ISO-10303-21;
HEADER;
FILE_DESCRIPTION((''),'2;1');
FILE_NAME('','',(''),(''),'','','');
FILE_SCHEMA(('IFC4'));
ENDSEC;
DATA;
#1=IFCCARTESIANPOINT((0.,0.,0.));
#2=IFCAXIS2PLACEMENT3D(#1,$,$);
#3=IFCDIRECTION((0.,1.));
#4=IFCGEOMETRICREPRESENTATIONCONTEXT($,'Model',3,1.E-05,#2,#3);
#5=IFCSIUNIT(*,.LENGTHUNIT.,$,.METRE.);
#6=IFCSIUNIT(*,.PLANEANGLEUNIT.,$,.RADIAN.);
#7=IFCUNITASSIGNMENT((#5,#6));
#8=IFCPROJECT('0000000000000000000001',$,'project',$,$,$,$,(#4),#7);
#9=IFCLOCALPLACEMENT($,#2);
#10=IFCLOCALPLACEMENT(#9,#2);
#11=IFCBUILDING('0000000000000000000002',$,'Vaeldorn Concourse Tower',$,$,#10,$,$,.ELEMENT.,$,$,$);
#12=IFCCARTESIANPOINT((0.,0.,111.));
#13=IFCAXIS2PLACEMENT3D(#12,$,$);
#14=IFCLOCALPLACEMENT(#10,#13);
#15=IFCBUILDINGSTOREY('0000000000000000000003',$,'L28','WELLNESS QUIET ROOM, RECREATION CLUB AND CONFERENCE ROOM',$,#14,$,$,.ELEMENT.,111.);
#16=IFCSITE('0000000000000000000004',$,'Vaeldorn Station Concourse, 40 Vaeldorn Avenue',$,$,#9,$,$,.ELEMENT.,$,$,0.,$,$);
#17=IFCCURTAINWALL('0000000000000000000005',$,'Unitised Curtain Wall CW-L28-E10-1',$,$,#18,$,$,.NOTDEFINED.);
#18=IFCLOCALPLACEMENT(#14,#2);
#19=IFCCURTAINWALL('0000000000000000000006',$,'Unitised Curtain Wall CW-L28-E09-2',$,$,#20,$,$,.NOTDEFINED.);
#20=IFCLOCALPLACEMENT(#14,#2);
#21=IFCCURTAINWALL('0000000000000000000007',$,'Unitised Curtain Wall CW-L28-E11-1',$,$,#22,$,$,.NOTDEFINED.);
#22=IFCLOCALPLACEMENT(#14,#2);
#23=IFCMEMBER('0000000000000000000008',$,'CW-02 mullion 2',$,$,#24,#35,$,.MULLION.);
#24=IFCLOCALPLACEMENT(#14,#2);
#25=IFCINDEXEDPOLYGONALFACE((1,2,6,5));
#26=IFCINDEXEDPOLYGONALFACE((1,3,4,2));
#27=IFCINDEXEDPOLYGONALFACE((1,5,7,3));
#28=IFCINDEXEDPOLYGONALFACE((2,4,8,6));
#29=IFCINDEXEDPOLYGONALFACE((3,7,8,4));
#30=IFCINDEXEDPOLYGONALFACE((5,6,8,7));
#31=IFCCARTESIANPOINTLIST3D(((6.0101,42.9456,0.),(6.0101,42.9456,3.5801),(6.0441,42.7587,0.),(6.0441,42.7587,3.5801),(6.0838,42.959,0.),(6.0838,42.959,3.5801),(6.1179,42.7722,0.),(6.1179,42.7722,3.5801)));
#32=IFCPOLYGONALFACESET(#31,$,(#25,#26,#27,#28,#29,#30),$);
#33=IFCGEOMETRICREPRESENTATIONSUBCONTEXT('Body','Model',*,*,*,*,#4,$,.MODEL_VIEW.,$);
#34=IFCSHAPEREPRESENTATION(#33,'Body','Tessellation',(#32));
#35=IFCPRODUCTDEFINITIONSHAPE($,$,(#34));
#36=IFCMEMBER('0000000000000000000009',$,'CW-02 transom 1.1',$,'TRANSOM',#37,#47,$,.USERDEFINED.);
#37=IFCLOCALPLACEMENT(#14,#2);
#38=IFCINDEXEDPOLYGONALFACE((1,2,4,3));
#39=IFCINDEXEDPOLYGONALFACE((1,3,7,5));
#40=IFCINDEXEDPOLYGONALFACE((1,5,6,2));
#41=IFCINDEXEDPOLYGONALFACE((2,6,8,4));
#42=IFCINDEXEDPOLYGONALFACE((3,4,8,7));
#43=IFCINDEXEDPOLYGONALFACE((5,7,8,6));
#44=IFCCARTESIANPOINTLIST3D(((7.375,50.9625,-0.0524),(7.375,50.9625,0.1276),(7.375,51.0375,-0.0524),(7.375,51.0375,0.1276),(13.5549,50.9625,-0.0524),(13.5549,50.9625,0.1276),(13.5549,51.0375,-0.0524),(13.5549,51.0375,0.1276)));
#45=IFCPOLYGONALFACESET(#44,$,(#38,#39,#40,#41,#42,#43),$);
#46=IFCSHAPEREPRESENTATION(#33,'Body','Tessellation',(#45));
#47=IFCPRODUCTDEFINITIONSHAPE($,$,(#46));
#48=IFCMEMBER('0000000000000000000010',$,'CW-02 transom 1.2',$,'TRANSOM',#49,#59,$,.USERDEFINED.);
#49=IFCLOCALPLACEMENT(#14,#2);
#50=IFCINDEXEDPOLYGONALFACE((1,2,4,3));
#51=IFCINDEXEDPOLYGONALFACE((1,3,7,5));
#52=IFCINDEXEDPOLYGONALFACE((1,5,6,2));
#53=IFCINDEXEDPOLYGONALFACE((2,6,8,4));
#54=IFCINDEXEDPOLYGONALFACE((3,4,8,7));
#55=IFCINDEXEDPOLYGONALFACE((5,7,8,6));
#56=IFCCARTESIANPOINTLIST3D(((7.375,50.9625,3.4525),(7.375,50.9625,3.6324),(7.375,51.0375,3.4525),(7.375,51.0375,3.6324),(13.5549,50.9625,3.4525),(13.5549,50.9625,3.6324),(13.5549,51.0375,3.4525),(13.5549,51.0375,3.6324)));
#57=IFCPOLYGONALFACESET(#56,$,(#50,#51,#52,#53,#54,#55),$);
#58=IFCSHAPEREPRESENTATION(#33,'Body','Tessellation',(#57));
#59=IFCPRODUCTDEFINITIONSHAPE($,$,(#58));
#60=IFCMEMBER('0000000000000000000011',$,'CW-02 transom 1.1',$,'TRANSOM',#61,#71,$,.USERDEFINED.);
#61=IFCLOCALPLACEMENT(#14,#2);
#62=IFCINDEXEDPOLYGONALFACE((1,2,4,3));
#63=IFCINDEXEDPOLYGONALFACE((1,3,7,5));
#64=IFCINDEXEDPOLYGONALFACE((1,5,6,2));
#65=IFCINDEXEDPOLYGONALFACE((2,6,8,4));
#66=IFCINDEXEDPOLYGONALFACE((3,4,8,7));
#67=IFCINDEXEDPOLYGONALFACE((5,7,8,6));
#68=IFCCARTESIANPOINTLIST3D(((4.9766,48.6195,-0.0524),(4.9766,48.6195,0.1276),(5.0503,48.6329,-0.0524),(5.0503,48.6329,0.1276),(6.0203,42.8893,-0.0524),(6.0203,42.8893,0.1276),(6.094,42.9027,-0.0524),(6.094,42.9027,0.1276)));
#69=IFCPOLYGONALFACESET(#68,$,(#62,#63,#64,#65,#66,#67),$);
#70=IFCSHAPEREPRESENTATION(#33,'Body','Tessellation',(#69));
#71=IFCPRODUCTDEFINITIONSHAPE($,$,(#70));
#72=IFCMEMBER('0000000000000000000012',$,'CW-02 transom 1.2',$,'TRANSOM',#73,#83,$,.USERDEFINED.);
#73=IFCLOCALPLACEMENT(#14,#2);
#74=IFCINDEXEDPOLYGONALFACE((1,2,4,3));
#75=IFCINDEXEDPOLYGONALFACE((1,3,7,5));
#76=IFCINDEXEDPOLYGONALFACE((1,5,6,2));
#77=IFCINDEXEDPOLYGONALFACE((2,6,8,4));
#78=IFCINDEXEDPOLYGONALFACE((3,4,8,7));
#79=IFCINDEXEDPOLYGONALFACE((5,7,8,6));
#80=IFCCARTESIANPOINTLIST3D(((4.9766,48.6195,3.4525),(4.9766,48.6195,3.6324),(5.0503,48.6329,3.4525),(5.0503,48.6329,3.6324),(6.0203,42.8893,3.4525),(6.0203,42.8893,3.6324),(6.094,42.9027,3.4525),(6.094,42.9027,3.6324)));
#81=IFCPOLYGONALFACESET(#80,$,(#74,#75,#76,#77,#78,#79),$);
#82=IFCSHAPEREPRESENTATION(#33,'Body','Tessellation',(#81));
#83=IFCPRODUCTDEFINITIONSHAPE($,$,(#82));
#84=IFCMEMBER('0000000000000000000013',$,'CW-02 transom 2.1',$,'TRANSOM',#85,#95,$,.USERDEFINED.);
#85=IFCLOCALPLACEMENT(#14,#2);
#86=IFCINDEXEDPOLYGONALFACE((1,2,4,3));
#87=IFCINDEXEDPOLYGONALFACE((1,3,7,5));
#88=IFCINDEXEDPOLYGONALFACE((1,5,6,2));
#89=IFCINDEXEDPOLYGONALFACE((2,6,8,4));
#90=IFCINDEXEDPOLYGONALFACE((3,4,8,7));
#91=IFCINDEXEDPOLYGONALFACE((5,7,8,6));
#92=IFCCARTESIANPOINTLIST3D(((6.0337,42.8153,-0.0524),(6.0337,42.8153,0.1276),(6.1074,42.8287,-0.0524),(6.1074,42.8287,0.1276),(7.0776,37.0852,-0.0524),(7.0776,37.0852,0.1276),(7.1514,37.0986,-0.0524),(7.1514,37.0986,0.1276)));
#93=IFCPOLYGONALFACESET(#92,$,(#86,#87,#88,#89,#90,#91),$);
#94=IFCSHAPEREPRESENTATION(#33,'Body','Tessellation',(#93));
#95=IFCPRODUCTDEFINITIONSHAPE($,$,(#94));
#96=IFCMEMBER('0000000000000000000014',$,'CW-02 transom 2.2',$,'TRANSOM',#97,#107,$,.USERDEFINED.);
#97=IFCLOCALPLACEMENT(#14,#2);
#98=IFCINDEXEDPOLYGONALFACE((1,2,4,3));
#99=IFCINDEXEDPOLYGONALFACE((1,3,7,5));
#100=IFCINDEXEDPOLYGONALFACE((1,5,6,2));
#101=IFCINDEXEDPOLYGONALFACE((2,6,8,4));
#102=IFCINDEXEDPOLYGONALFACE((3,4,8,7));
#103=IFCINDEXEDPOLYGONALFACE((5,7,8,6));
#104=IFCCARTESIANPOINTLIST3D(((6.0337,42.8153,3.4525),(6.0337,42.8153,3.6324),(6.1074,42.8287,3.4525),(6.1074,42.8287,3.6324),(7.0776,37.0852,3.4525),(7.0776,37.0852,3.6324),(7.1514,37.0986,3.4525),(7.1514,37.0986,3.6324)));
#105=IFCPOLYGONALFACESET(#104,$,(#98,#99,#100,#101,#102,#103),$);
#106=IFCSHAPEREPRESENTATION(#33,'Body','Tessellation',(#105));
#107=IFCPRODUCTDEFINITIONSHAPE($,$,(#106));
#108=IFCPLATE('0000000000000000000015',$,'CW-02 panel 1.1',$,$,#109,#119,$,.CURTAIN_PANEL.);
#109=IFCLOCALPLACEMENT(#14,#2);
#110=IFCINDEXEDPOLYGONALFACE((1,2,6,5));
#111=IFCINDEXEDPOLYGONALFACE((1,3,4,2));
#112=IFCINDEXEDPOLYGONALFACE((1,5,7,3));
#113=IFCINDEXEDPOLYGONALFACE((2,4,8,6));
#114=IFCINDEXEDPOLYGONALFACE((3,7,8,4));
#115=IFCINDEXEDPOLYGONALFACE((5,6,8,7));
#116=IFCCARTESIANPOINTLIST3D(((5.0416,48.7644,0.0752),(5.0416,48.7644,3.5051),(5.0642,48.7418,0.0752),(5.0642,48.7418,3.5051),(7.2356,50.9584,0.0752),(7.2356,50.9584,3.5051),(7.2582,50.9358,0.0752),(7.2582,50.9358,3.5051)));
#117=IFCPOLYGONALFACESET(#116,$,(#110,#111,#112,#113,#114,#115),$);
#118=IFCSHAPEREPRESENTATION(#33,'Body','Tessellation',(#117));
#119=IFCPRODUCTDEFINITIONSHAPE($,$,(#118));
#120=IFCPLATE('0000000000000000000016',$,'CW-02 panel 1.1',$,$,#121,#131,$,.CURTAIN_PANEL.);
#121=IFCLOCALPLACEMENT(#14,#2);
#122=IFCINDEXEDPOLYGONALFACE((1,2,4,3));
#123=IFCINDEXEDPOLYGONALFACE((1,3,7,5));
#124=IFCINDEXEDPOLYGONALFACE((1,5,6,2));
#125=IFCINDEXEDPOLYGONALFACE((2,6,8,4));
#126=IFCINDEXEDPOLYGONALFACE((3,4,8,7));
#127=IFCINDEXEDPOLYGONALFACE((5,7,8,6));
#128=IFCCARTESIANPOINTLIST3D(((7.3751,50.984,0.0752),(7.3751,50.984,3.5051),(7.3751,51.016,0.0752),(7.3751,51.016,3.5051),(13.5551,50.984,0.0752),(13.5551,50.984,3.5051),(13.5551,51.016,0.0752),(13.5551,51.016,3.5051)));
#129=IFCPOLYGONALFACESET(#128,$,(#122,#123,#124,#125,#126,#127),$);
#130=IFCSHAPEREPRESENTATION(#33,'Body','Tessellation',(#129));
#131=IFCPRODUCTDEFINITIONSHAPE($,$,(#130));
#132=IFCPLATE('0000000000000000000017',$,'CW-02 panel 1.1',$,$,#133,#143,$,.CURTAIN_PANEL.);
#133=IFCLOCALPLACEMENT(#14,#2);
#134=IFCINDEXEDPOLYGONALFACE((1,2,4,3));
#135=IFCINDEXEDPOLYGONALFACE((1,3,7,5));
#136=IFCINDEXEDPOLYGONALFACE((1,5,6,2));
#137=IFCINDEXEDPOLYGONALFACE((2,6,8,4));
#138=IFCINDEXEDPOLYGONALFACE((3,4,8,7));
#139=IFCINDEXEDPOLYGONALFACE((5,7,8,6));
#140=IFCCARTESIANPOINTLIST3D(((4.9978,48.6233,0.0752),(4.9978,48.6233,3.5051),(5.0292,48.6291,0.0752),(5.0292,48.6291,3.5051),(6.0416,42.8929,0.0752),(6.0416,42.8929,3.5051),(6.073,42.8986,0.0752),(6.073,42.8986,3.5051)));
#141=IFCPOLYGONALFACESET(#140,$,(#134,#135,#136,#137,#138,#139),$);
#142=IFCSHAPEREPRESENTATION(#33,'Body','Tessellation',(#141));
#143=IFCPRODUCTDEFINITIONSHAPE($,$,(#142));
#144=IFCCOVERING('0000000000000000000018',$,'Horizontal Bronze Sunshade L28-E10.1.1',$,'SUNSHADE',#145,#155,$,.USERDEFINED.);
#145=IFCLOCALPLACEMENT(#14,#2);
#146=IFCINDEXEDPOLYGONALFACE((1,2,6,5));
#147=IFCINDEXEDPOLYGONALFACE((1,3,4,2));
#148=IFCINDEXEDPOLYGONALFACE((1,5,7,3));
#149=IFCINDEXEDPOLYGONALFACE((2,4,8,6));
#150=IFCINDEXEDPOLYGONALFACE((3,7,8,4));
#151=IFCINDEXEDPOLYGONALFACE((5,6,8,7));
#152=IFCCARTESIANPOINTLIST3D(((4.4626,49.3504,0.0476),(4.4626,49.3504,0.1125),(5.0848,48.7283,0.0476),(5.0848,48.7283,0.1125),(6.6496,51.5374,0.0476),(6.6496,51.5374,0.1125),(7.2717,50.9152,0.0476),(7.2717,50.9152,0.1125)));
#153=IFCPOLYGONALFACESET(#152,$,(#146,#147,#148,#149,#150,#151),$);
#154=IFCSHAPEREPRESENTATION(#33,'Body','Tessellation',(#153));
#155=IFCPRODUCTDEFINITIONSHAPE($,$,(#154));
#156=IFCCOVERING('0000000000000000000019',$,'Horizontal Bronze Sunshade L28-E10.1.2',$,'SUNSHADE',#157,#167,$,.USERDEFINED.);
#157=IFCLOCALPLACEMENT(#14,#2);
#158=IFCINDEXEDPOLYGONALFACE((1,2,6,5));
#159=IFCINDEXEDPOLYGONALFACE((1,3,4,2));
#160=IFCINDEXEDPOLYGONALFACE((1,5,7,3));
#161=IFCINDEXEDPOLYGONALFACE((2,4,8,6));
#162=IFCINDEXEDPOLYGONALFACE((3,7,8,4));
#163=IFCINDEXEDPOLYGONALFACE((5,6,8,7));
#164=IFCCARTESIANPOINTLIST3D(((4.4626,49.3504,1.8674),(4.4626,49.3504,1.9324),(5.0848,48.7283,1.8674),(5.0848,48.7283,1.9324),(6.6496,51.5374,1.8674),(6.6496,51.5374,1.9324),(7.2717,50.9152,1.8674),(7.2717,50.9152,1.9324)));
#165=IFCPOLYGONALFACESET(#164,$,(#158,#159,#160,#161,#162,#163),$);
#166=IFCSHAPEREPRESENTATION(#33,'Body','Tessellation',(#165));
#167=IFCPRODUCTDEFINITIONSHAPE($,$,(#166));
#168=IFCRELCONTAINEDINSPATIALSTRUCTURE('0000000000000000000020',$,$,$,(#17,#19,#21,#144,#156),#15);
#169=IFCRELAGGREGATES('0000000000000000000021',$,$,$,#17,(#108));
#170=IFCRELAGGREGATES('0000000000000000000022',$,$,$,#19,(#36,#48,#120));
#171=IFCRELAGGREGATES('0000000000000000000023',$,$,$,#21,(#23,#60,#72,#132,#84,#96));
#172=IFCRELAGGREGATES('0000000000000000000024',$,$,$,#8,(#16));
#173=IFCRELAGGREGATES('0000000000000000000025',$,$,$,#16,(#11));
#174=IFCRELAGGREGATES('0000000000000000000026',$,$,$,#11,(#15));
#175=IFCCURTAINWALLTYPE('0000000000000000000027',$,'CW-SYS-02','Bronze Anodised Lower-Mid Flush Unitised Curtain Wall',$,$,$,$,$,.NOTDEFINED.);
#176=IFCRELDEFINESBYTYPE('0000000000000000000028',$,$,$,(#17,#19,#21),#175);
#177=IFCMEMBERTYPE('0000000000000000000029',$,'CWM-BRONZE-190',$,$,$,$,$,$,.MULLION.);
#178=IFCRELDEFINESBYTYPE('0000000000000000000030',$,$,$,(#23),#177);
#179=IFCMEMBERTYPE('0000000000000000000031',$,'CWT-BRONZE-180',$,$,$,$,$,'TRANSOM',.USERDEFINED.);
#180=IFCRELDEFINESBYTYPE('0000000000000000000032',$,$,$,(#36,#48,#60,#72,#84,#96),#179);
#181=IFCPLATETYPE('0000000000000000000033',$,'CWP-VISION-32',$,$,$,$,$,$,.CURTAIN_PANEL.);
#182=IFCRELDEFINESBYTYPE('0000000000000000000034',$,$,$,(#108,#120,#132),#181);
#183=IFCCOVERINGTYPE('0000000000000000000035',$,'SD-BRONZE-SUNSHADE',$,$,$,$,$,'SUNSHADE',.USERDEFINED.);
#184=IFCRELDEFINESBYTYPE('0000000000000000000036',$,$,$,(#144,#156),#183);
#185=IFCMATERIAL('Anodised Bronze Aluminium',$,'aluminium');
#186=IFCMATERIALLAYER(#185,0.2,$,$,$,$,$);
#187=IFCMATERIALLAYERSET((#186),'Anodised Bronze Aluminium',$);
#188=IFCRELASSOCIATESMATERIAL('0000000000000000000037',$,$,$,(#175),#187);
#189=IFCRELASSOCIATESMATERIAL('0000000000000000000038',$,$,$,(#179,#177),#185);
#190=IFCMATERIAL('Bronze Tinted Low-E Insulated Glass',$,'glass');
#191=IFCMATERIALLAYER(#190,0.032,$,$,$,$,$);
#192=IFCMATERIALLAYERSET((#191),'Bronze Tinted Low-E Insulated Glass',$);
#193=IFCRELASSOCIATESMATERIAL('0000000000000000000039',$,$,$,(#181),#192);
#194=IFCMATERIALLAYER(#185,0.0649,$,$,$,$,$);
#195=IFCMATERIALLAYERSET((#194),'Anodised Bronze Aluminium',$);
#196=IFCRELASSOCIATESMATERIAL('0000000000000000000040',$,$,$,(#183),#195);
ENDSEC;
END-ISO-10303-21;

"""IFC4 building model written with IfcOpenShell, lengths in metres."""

from ifc_helpers import new_model, si_unit, direction, frame, origin, origin_2d, place, context, subcontext, project, spatial, rectangle, extrude, source, transform, mapped, material, layer, layer_set, material_profile, profile_set, type_object, element, aggregate, save


model = new_model("IFC4")

# Units and contexts
model_context = context("Model", 3, precision=1e-05, world=origin(), true_north=direction((0.0, 1.0)))
body_context = subcontext(model_context, "Body", "Model", "MODEL_VIEW")
ifc_project = project(units=[si_unit("LENGTHUNIT", "METRE"), si_unit("PLANEANGLEUNIT", "RADIAN")], contexts=[model_context])

# Site, building, storey
site_placement = place(None, origin())
site = spatial("IfcSite", under=ifc_project, at=site_placement, Name="Vaeldorn Station Concourse, 40 Vaeldorn Avenue", CompositionType="ELEMENT", RefElevation=0.0)
building_placement = place(site_placement, origin())
building = spatial("IfcBuilding", under=site, at=building_placement, Name="Vaeldorn Concourse Tower", CompositionType="ELEMENT")
storey_placement = place(building_placement, frame((0.0, 0.0, 111.0)))
storey = spatial("IfcBuildingStorey", under=building, at=storey_placement, Name="L28", Description="WELLNESS QUIET ROOM, RECREATION CLUB AND CONFERENCE ROOM", CompositionType="ELEMENT", Elevation=111.0)

# Curtain walls
ifc_material_1 = material(Name="Anodised Bronze Aluminium", Category="aluminium")
ifc_layer_1 = layer(ifc_material_1, 0.2)
ifc_layer_set_1 = layer_set([ifc_layer_1], Name="Anodised Bronze Aluminium")
curtain_wall_type = type_object("IfcCurtainWallType", Name="CW-SYS-02", Description="Bronze Anodised Lower-Mid Flush Unitised Curtain Wall", PredefinedType="NOTDEFINED", material=ifc_layer_set_1)
curtain_wall_1_placement = place(storey_placement, origin())
curtain_wall_1 = element("IfcCurtainWall", 1, at=curtain_wall_1_placement, inside=storey, type_object=curtain_wall_type, Name="Unitised Curtain Wall CW-L28-E10-1", PredefinedType="NOTDEFINED")
ifc_material_profile_1 = material_profile(ifc_material_1, rectangle(XDim=0.075, YDim=0.1799, at=origin_2d()), Name="CWT 75x180")
ifc_profile_set_1 = profile_set([ifc_material_profile_1], Name="Anodised Bronze Aluminium")
member_type_1 = type_object("IfcMemberType", Name="CWT-BRONZE-180", ElementType="TRANSOM", PredefinedType="USERDEFINED", material=ifc_profile_set_1)
curtain_wall_2_placement = place(storey_placement, origin())
curtain_wall_2 = element("IfcCurtainWall", 2, at=curtain_wall_2_placement, inside=storey, type_object=curtain_wall_type, Name="Unitised Curtain Wall CW-L28-E09-2", PredefinedType="NOTDEFINED")
ifc_material_profile_2 = material_profile(ifc_material_1, rectangle(XDim=0.075, YDim=0.1899, at=origin_2d()), Name="CWM 75x190")
ifc_profile_set_2 = profile_set([ifc_material_profile_2], Name="Anodised Bronze Aluminium")
member_type_2 = type_object("IfcMemberType", Name="CWM-BRONZE-190", PredefinedType="MULLION", material=ifc_profile_set_2)
shared_shape_1 = source(origin(), body_context, "Body", "SweptSolid", [
    extrude(rectangle(XDim=0.075, YDim=0.1899, at=origin_2d()), origin(), (0.0, 0.0, 1.0), 3.5801),
])

# Curtain wall, member
curtain_wall_3_placement = place(storey_placement, origin())
curtain_wall_3 = element("IfcCurtainWall", 3, at=curtain_wall_3_placement, inside=storey, type_object=curtain_wall_type, Name="Unitised Curtain Wall CW-L28-E11-1", PredefinedType="NOTDEFINED")
member_1_placement = place(storey_placement, frame((6.064, 42.8589, 0.0), z_axis=(0.0, 0.0, 1.0), x_axis=(0.983812, 0.179203, 0.0)))
member_1 = element("IfcMember", 4, at=member_1_placement, type_object=member_type_2, Name="CW-02 mullion 2", PredefinedType="MULLION", context=body_context, shape_type="MappedRepresentation", body=[
    mapped(shared_shape_1, transform((0.0, 0.0, 0.0), scale=1.0)),
])

# Members
shared_shape_2 = source(origin(), body_context, "Body", "SweptSolid", [
    extrude(rectangle(XDim=0.075, YDim=0.1799, at=origin_2d()), origin(), (0.0, 0.0, 1.0), 6.1799),
])
member_2_placement = place(storey_placement, frame((13.5549, 51.0, 0.0376), z_axis=(-1.0, 0.0, 0.0), x_axis=(0.0, -1.0, 0.0)))
member_2 = element("IfcMember", 5, at=member_2_placement, type_object=member_type_1, Name="CW-02 transom 1.1", ObjectType="TRANSOM", PredefinedType="USERDEFINED", context=body_context, shape_type="MappedRepresentation", body=[
    mapped(shared_shape_2, transform((0.0, 0.0, 0.0), scale=1.0)),
])
member_3_placement = place(storey_placement, frame((13.5549, 51.0, 3.5425), z_axis=(-1.0, 0.0, 0.0), x_axis=(0.0, -1.0, 0.0)))
member_3 = element("IfcMember", 6, at=member_3_placement, type_object=member_type_1, Name="CW-02 transom 1.2", ObjectType="TRANSOM", PredefinedType="USERDEFINED", context=body_context, shape_type="MappedRepresentation", body=[
    mapped(shared_shape_2, transform((0.0, 0.0, 0.0), scale=1.0)),
])
shared_shape_3 = source(origin(), body_context, "Body", "SweptSolid", [
    extrude(rectangle(XDim=0.075, YDim=0.1799, at=origin_2d()), origin(), (0.0, 0.0, 1.0), 5.8245),
])
member_4_placement = place(storey_placement, frame((5.0134, 48.6262, 0.0376), z_axis=(0.179192, -0.983814, 0.0), x_axis=(0.983814, 0.179192, 0.0)))
member_4 = element("IfcMember", 7, at=member_4_placement, type_object=member_type_1, Name="CW-02 transom 1.1", ObjectType="TRANSOM", PredefinedType="USERDEFINED", context=body_context, shape_type="MappedRepresentation", body=[
    mapped(shared_shape_3, transform((0.0, 0.0, 0.0), scale=1.0)),
])
member_5_placement = place(storey_placement, frame((5.0134, 48.6262, 3.5425), z_axis=(0.179192, -0.983814, 0.0), x_axis=(0.983814, 0.179192, 0.0)))
member_5 = element("IfcMember", 8, at=member_5_placement, type_object=member_type_1, Name="CW-02 transom 1.2", ObjectType="TRANSOM", PredefinedType="USERDEFINED", context=body_context, shape_type="MappedRepresentation", body=[
    mapped(shared_shape_3, transform((0.0, 0.0, 0.0), scale=1.0)),
])
member_6_placement = place(storey_placement, frame((6.0706, 42.822, 0.0376), z_axis=(0.179232, -0.983807, 0.0), x_axis=(0.983807, 0.179232, 0.0)))
member_6 = element("IfcMember", 9, at=member_6_placement, type_object=member_type_1, Name="CW-02 transom 2.1", ObjectType="TRANSOM", PredefinedType="USERDEFINED", context=body_context, shape_type="MappedRepresentation", body=[
    mapped(shared_shape_3, transform((0.0, 0.0, 0.0), scale=1.0)),
])
member_7_placement = place(storey_placement, frame((6.0706, 42.822, 3.5425), z_axis=(0.179232, -0.983807, 0.0), x_axis=(0.983807, 0.179232, 0.0)))
member_7 = element("IfcMember", 10, at=member_7_placement, type_object=member_type_1, Name="CW-02 transom 2.2", ObjectType="TRANSOM", PredefinedType="USERDEFINED", context=body_context, shape_type="MappedRepresentation", body=[
    mapped(shared_shape_3, transform((0.0, 0.0, 0.0), scale=1.0)),
])

# Plates
ifc_material_2 = material(Name="Bronze Tinted Low-E Insulated Glass", Category="glass")
ifc_layer_2 = layer(ifc_material_2, 0.032)
ifc_layer_set_2 = layer_set([ifc_layer_2], Name="Bronze Tinted Low-E Insulated Glass")
plate_type = type_object("IfcPlateType", Name="CWP-VISION-32", PredefinedType="CURTAIN_PANEL", material=ifc_layer_set_2)
shared_shape_4 = source(origin(), body_context, "Body", "SweptSolid", [
    extrude(rectangle(XDim=3.1028, YDim=0.032, at=origin_2d()), origin(), (0.0, 0.0, 1.0), 3.4299),
])
plate_1_placement = place(storey_placement, frame((6.1499, 49.8501, 0.0752), z_axis=(0.0, 0.0, 1.0), x_axis=(-0.707107, -0.707107, 0.0)))
plate_1 = element("IfcPlate", 11, at=plate_1_placement, type_object=plate_type, Name="CW-02 panel 1.1", PredefinedType="CURTAIN_PANEL", context=body_context, shape_type="MappedRepresentation", body=[
    mapped(shared_shape_4, transform((0.0, 0.0, 0.0), scale=1.0)),
])
aggregate(curtain_wall_1, [plate_1])
shared_shape_5 = source(origin(), body_context, "Body", "SweptSolid", [
    extrude(rectangle(XDim=6.1799, YDim=0.032, at=origin_2d()), origin(), (0.0, 0.0, 1.0), 3.4299),
])
plate_2_placement = place(storey_placement, frame((10.4651, 51.0, 0.0752), z_axis=(0.0, 0.0, 1.0), x_axis=(-1.0, 0.0, 0.0)))
plate_2 = element("IfcPlate", 12, at=plate_2_placement, type_object=plate_type, Name="CW-02 panel 1.1", PredefinedType="CURTAIN_PANEL", context=body_context, shape_type="MappedRepresentation", body=[
    mapped(shared_shape_5, transform((0.0, 0.0, 0.0), scale=1.0)),
])
aggregate(curtain_wall_2, [member_2, member_3, plate_2])
shared_shape_6 = source(origin(), body_context, "Body", "SweptSolid", [
    extrude(rectangle(XDim=5.8247, YDim=0.032, at=origin_2d()), origin(), (0.0, 0.0, 1.0), 3.4299),
])
plate_3_placement = place(storey_placement, frame((5.5354, 45.761, 0.0752), z_axis=(0.0, 0.0, 1.0), x_axis=(0.179203, -0.983812, 0.0)))
plate_3 = element("IfcPlate", 13, at=plate_3_placement, type_object=plate_type, Name="CW-02 panel 1.1", PredefinedType="CURTAIN_PANEL", context=body_context, shape_type="MappedRepresentation", body=[
    mapped(shared_shape_6, transform((0.0, 0.0, 0.0), scale=1.0)),
])
aggregate(curtain_wall_3, [member_1, member_4, member_5, plate_3, member_6, member_7])

# Coverings
ifc_layer_3 = layer(ifc_material_1, 0.0649)
ifc_layer_set_3 = layer_set([ifc_layer_3], Name="Anodised Bronze Aluminium")
covering_type = type_object("IfcCoveringType", Name="SD-BRONZE-SUNSHADE", ElementType="SUNSHADE", PredefinedType="USERDEFINED", material=ifc_layer_set_3)
shared_shape_7 = source(origin(), body_context, "Body", "SweptSolid", [
    extrude(rectangle(XDim=3.0928, YDim=0.8799, at=origin_2d()), origin(), (0.0, 0.0, 1.0), 0.0649),
])
for number, where, z_axis, x_axis, name in (
    (14, (5.8672, 50.1328, 0.0476), (0.0, 0.0, 1.0), (-0.707107, -0.707107, 0.0), "Horizontal Bronze Sunshade L28-E10.1.1"),
    (15, (5.8672, 50.1328, 1.8674), (0.0, 0.0, 1.0), (-0.707107, -0.707107, 0.0), "Horizontal Bronze Sunshade L28-E10.1.2"),
):
    element("IfcCovering", number, at=place(storey_placement, frame(where, z_axis=z_axis, x_axis=x_axis)), inside=storey, type_object=covering_type, Name=name, ObjectType="SUNSHADE", PredefinedType="USERDEFINED", context=body_context, shape_type="MappedRepresentation", body=[
        mapped(shared_shape_7, transform((0.0, 0.0, 0.0), scale=1.0)),
    ])

save(model, "model.ifc")
